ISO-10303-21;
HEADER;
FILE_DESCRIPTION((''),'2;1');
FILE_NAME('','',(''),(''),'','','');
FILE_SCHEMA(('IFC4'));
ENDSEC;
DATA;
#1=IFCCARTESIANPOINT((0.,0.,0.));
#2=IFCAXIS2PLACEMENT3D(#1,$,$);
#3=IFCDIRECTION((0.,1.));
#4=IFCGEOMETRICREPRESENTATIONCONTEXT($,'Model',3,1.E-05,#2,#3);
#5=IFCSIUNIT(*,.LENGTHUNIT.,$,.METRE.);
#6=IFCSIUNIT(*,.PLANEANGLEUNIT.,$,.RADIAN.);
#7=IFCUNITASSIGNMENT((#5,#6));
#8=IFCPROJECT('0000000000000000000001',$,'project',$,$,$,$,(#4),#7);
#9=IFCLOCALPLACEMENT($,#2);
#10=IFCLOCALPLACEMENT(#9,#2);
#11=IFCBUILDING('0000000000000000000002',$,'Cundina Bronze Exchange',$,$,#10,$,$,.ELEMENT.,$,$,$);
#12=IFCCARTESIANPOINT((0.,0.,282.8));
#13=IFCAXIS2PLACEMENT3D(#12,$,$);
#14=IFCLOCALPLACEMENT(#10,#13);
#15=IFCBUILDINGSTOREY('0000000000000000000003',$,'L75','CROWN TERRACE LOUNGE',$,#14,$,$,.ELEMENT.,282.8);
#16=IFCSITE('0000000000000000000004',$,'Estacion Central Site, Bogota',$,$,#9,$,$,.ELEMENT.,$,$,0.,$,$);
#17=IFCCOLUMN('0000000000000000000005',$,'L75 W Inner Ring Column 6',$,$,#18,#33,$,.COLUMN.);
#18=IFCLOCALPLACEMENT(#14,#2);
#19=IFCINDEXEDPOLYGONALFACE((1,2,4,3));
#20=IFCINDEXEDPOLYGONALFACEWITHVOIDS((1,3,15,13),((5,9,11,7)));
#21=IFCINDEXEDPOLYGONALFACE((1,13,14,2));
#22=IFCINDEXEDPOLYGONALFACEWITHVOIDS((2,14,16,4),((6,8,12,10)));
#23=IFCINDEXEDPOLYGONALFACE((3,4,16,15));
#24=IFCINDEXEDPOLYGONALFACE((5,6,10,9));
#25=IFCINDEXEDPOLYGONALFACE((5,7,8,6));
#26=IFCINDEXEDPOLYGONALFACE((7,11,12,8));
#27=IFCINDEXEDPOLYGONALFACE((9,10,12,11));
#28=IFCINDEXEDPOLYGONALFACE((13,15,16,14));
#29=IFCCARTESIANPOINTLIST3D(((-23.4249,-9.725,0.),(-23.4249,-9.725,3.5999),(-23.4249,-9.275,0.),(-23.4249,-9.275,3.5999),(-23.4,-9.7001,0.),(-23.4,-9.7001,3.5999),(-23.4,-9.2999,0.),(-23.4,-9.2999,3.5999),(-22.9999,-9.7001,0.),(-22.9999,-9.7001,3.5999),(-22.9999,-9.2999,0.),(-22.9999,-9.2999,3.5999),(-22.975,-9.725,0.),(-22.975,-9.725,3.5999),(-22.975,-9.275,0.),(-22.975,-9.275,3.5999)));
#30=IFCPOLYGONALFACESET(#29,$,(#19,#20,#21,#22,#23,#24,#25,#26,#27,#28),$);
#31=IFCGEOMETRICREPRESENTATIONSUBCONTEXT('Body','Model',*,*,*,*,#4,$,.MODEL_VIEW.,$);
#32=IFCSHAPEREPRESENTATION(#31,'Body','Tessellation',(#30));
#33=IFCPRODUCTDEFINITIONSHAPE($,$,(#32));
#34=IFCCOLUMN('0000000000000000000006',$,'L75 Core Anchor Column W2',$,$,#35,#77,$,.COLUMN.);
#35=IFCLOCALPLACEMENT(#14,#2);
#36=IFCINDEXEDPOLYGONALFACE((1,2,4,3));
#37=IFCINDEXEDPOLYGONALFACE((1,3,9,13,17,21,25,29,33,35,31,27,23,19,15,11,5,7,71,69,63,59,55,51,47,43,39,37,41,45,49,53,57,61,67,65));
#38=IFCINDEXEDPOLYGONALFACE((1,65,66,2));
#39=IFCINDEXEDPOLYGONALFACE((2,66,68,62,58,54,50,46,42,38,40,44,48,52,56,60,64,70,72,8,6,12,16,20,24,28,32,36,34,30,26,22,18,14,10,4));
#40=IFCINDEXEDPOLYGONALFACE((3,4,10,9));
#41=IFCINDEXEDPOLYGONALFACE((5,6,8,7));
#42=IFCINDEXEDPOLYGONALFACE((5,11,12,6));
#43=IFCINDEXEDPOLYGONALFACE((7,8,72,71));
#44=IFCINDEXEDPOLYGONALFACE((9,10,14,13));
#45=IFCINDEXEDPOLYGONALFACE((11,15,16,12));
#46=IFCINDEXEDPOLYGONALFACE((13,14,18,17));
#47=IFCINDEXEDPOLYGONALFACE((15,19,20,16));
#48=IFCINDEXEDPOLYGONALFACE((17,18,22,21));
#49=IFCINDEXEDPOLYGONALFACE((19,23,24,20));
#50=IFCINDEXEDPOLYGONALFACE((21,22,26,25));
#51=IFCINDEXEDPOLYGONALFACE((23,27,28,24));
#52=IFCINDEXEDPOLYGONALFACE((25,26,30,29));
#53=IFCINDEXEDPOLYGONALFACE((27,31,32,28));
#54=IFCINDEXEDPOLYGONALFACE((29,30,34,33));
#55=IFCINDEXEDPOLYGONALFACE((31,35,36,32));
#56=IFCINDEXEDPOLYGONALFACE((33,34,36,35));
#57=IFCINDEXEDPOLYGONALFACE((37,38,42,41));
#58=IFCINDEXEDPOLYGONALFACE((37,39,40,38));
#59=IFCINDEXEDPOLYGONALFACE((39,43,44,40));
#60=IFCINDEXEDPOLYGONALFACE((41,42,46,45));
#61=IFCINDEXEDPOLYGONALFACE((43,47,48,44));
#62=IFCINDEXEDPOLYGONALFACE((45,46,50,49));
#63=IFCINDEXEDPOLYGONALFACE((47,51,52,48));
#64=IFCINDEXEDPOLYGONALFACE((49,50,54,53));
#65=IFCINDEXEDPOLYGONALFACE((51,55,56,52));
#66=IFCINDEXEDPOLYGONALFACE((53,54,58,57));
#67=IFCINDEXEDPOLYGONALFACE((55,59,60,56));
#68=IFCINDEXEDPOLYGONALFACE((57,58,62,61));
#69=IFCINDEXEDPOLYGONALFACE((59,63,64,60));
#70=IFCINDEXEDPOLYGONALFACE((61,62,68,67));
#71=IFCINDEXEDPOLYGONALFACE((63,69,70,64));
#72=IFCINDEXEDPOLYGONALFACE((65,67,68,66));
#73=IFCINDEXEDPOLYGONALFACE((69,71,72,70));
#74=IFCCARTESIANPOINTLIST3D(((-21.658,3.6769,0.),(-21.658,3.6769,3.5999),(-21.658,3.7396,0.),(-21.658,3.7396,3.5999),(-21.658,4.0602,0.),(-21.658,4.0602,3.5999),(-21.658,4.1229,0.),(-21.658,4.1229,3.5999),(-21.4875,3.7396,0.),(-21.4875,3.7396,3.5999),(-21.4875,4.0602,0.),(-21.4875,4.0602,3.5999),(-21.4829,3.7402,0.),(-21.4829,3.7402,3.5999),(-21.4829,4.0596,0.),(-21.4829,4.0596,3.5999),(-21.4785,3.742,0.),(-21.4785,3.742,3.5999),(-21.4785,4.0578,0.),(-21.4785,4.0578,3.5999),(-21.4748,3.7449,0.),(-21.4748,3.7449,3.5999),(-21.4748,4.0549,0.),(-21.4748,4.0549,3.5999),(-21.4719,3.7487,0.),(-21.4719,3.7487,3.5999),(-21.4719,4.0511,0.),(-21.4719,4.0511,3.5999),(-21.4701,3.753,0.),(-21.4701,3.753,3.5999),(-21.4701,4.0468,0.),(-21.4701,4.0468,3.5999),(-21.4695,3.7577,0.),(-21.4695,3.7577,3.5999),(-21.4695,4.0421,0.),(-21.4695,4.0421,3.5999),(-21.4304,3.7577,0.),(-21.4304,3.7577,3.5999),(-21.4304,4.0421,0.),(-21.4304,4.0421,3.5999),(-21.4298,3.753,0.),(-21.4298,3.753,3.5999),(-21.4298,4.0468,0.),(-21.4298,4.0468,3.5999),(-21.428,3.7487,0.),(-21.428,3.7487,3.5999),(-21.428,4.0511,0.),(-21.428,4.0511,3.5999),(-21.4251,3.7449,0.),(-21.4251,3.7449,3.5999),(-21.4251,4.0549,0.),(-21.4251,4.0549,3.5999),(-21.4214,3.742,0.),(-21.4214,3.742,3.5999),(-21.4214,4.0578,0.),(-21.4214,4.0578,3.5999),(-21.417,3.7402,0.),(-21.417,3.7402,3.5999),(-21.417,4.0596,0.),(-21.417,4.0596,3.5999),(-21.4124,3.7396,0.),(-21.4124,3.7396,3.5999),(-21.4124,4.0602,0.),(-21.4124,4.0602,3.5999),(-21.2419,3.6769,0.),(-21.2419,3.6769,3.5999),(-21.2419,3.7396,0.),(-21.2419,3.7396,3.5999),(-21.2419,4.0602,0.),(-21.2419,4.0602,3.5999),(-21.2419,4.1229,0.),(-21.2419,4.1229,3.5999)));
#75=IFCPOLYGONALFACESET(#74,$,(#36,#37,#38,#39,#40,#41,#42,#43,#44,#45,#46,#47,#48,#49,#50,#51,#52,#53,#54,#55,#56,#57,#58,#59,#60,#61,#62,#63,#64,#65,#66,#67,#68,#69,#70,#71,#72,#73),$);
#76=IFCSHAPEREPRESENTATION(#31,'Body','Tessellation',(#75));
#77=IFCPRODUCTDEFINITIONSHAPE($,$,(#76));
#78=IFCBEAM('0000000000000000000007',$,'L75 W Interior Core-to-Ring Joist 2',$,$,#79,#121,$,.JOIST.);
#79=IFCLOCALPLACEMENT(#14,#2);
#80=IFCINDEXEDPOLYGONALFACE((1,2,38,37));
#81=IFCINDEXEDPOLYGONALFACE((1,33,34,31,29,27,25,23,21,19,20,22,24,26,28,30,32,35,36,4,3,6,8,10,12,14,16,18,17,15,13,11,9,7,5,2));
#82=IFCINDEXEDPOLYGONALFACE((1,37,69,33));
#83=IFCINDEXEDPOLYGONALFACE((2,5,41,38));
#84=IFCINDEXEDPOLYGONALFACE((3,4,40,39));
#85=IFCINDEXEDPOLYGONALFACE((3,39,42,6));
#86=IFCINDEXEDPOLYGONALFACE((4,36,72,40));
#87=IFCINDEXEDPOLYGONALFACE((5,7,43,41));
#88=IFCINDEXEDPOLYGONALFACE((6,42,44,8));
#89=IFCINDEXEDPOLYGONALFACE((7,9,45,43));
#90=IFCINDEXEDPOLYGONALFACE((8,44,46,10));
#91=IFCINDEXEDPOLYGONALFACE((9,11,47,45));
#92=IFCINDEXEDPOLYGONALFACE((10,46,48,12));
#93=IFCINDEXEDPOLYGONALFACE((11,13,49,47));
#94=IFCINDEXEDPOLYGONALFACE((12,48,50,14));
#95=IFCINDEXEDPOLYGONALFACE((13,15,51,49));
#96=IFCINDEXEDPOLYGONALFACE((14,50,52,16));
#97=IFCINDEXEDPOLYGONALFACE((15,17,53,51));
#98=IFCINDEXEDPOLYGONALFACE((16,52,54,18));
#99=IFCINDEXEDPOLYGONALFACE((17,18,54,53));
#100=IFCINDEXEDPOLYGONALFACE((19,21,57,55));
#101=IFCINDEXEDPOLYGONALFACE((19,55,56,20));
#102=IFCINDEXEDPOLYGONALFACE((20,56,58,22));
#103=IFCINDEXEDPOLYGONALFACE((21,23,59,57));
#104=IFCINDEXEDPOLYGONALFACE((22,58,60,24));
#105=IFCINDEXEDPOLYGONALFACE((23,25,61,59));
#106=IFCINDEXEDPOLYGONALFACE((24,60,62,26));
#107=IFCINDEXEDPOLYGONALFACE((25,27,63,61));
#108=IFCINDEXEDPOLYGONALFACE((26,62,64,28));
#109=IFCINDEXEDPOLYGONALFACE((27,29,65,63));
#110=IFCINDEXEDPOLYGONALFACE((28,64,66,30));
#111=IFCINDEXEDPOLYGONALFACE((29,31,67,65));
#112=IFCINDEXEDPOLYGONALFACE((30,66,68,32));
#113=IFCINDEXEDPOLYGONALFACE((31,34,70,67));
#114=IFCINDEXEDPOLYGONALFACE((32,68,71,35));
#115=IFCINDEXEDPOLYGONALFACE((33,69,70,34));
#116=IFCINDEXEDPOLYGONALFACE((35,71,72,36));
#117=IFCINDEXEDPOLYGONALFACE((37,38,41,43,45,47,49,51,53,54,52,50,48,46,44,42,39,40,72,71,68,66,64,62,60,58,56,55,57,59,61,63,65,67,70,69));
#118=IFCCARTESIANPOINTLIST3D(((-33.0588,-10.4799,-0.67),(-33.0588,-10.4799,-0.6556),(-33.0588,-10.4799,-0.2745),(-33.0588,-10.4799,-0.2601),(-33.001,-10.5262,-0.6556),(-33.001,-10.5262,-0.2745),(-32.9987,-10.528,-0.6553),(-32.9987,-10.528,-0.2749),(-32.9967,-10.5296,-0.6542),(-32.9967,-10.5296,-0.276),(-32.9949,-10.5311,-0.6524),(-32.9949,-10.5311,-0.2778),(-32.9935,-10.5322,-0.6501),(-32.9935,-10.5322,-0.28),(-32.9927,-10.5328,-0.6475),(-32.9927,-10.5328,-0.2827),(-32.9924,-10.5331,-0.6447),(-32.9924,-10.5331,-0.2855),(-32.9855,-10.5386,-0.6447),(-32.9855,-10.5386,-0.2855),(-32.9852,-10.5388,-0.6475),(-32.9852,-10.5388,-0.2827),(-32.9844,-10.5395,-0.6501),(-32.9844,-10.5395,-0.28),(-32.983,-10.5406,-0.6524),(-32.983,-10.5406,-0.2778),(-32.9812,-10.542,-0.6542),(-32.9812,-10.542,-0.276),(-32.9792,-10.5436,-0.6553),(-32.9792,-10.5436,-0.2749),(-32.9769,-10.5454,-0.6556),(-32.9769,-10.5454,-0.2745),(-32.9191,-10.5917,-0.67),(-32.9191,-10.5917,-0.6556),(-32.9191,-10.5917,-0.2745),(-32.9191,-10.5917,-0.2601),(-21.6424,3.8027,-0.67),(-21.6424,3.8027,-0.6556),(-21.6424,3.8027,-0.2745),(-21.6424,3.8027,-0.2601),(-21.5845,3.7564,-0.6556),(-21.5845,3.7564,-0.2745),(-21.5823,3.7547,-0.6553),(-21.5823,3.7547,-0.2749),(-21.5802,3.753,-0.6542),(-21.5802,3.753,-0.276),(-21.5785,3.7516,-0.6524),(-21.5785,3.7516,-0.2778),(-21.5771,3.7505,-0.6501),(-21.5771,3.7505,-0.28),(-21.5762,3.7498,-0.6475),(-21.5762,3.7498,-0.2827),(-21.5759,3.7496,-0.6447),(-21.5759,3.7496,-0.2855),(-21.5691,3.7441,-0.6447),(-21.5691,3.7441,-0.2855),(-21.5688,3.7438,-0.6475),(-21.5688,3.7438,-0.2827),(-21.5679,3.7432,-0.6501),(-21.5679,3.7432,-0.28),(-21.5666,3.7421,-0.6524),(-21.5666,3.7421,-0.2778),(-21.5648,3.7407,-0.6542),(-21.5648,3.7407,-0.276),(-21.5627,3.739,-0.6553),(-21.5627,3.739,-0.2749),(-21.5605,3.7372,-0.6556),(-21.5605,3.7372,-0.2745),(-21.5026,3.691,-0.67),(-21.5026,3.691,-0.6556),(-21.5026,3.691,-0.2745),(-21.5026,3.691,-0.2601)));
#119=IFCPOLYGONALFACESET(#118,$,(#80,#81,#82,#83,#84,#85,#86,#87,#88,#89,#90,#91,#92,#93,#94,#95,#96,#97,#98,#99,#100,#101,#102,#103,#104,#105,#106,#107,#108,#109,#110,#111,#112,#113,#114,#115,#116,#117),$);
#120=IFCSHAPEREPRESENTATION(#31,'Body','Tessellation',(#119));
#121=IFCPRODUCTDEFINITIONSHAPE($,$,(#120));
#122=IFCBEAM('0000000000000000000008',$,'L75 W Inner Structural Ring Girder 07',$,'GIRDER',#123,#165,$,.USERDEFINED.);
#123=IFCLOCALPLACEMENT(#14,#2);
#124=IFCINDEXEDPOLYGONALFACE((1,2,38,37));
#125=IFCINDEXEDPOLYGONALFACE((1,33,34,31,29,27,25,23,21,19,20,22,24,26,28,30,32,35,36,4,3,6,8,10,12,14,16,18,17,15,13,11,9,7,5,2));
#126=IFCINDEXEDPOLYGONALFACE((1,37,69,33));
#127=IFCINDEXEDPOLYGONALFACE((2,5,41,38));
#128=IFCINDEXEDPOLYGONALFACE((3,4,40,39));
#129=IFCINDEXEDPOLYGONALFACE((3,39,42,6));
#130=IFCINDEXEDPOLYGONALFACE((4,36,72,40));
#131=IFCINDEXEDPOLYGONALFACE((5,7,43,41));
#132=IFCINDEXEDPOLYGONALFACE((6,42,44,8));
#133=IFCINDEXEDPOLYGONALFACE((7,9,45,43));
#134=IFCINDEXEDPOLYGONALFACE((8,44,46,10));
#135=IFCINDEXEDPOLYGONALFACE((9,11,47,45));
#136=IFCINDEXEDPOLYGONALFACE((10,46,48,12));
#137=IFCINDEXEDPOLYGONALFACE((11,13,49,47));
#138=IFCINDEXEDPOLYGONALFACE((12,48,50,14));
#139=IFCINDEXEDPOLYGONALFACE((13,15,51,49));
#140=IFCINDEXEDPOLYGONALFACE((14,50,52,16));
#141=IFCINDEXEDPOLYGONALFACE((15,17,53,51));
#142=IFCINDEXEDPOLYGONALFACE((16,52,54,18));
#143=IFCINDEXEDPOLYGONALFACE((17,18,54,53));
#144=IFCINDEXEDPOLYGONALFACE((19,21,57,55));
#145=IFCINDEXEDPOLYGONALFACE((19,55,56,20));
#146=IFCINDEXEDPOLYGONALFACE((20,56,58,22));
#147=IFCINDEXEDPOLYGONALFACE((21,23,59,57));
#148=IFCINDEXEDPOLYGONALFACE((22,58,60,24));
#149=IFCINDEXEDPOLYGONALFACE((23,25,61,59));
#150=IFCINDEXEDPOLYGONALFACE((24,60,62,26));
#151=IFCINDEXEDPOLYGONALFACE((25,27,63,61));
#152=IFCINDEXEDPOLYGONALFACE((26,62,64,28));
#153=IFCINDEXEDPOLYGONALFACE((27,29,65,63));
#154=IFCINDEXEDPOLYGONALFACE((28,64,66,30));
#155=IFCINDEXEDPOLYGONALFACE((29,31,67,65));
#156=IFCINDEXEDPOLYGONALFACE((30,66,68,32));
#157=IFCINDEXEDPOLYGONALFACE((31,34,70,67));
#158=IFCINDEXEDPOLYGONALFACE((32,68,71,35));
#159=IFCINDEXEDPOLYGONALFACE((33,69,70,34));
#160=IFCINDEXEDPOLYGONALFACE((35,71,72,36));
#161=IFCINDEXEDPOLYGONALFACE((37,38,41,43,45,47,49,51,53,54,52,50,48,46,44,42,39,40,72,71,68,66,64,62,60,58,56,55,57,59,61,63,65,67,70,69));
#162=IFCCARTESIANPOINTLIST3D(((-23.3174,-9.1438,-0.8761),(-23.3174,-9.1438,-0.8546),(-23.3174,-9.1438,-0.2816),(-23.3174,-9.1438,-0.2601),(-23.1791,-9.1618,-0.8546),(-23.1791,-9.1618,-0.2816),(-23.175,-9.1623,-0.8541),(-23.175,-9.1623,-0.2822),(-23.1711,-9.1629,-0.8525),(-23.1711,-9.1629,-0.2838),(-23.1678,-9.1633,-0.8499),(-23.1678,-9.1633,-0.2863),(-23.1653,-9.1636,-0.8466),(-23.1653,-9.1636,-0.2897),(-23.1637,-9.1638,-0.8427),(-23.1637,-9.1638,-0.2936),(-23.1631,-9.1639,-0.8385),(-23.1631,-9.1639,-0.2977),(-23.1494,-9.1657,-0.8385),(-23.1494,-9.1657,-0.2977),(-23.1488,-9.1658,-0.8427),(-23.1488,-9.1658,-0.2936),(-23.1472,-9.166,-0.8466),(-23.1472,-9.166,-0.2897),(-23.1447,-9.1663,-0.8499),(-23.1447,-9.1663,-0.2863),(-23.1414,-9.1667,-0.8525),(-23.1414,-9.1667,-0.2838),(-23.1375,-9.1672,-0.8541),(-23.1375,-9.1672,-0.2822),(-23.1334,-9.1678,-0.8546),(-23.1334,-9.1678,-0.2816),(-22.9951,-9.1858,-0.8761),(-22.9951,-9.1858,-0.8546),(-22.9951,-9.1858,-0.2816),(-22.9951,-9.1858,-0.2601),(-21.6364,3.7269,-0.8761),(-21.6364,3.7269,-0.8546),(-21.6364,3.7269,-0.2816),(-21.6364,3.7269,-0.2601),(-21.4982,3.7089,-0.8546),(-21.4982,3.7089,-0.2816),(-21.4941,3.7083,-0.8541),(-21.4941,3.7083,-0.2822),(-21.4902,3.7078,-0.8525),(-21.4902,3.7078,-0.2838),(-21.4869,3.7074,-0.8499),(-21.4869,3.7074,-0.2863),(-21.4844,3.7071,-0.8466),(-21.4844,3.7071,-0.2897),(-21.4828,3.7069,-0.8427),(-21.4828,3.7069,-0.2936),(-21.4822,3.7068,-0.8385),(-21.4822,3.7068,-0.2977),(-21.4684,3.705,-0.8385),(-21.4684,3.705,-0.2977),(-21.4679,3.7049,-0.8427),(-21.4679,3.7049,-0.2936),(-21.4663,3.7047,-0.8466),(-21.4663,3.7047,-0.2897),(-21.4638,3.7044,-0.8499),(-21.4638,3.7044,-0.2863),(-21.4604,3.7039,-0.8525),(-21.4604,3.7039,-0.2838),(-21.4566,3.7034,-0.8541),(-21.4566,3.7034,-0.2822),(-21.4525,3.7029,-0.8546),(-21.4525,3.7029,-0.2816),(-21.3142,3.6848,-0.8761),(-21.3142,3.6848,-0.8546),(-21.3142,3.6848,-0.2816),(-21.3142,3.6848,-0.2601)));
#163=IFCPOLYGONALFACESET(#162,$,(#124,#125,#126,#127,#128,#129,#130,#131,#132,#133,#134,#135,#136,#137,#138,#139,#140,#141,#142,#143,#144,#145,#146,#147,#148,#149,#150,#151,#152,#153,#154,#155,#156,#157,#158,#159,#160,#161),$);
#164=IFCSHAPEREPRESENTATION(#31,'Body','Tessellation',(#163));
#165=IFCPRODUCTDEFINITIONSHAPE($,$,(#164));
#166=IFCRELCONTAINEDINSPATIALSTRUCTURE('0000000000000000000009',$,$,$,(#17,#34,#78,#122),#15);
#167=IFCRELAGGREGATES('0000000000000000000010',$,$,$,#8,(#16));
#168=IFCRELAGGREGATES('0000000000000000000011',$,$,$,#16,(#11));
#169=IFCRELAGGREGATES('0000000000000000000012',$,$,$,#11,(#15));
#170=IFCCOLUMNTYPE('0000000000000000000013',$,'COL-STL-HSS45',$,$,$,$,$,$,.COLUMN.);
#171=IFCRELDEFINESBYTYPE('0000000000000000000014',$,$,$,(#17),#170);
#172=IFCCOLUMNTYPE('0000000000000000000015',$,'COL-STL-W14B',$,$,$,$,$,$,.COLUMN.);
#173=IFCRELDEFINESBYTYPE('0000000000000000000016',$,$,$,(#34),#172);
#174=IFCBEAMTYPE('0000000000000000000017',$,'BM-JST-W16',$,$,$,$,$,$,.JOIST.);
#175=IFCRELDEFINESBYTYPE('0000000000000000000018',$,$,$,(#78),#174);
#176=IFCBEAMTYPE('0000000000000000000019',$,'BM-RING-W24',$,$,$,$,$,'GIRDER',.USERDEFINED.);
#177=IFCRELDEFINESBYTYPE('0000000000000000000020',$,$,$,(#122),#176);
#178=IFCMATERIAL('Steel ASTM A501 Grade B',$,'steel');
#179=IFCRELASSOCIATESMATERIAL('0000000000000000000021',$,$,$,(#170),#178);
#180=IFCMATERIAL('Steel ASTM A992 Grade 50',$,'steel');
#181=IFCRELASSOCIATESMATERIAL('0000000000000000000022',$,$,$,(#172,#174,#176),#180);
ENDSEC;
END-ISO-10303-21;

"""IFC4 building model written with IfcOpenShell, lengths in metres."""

from ifc_helpers import new_model, si_unit, direction, frame, origin, origin_2d, place, context, subcontext, project, spatial, hollow_rectangle, i_section, extrude, material, material_profile, profile_set, type_object, element, save


model = new_model("IFC4")

# Units and contexts
model_context = context("Model", 3, precision=1e-05, world=origin(), true_north=direction((0.0, 1.0)))
body_context = subcontext(model_context, "Body", "Model", "MODEL_VIEW")
ifc_project = project(units=[si_unit("LENGTHUNIT", "METRE"), si_unit("PLANEANGLEUNIT", "RADIAN")], contexts=[model_context])

# Site, building, storey
site_placement = place(None, origin())
site = spatial("IfcSite", under=ifc_project, at=site_placement, Name="Estacion Central Site, Bogota", CompositionType="ELEMENT", RefElevation=0.0)
building_placement = place(site_placement, origin())
building = spatial("IfcBuilding", under=site, at=building_placement, Name="Cundina Bronze Exchange", CompositionType="ELEMENT")
storey_placement = place(building_placement, frame((0.0, 0.0, 282.8)))
storey = spatial("IfcBuildingStorey", under=building, at=storey_placement, Name="L75", Description="CROWN TERRACE LOUNGE", CompositionType="ELEMENT", Elevation=282.8)

# Columns
ifc_material_1 = material(Name="Steel ASTM A501 Grade B", Category="steel")
ifc_material_profile_1 = material_profile(ifc_material_1, hollow_rectangle(XDim=0.45, YDim=0.45, WallThickness=0.0249, at=origin_2d()), Name="HSS450X450X25", Category="steel")
ifc_profile_set_1 = profile_set([ifc_material_profile_1], Name="Steel ASTM A501 Grade B")
column_type_1 = type_object("IfcColumnType", Name="COL-STL-HSS45", PredefinedType="COLUMN", material=ifc_profile_set_1)
column_1_placement = place(storey_placement, frame((-23.2, -9.5, 0.0), z_axis=(0.0, 0.0, 1.0), x_axis=(1.0, 0.0, 0.0)))
element("IfcColumn", 1, at=column_1_placement, inside=storey, type_object=column_type_1, Name="L75 W Inner Ring Column 6", PredefinedType="COLUMN", context=body_context, shape_type="SweptSolid", body=[
    extrude(hollow_rectangle(XDim=0.45, YDim=0.45, WallThickness=0.0249, at=origin_2d()), origin(), (0.0, 0.0, 1.0), 3.5999),
])
ifc_material_2 = material(Name="Steel ASTM A992 Grade 50", Category="steel")
ifc_material_profile_2 = material_profile(ifc_material_2, i_section(OverallWidth=0.416, OverallDepth=0.446, WebThickness=0.0391, FlangeThickness=0.0627, FilletRadius=0.0181, at=origin_2d()), Name="W14X342", Category="steel")
ifc_profile_set_2 = profile_set([ifc_material_profile_2], Name="Steel ASTM A992 Grade 50")
column_type_2 = type_object("IfcColumnType", Name="COL-STL-W14B", PredefinedType="COLUMN", material=ifc_profile_set_2)
column_2_placement = place(storey_placement, frame((-21.45, 3.8999, 0.0), z_axis=(0.0, 0.0, 1.0), x_axis=(1.0, 0.0, 0.0)))
element("IfcColumn", 2, at=column_2_placement, inside=storey, type_object=column_type_2, Name="L75 Core Anchor Column W2", PredefinedType="COLUMN", context=body_context, shape_type="SweptSolid", body=[
    extrude(i_section(OverallWidth=0.416, OverallDepth=0.446, WebThickness=0.0391, FlangeThickness=0.0627, FilletRadius=0.0181, at=origin_2d()), origin(), (0.0, 0.0, 1.0), 3.5999),
])

# Beams
ifc_material_profile_3 = material_profile(ifc_material_2, i_section(OverallWidth=0.179, OverallDepth=0.4099, WebThickness=0.0088, FlangeThickness=0.0144, FilletRadius=0.011, at=origin_2d()), Name="W16X45", Category="steel")
ifc_profile_set_3 = profile_set([ifc_material_profile_3], Name="Steel ASTM A992 Grade 50")
beam_type_1 = type_object("IfcBeamType", Name="BM-JST-W16", PredefinedType="JOIST", material=ifc_profile_set_3)
beam_1_placement = place(storey_placement, frame((-21.5725, 3.7468, -0.4651), z_axis=(-0.624373, -0.781127, 0.0), x_axis=(0.781127, -0.624373, 0.0)))
element("IfcBeam", 3, at=beam_1_placement, inside=storey, type_object=beam_type_1, Name="L75 W Interior Core-to-Ring Joist 2", PredefinedType="JOIST", context=body_context, shape_type="SweptSolid", body=[
    extrude(i_section(OverallWidth=0.179, OverallDepth=0.4099, WebThickness=0.0088, FlangeThickness=0.0144, FilletRadius=0.011, at=origin_2d()), origin(), (0.0, 0.0, 1.0), 18.2847),
])
ifc_material_profile_4 = material_profile(ifc_material_2, i_section(OverallWidth=0.325, OverallDepth=0.616, WebThickness=0.0139, FlangeThickness=0.0215, FilletRadius=0.0161, at=origin_2d()), Name="W24X117", Category="steel")
ifc_profile_set_4 = profile_set([ifc_material_profile_4], Name="Steel ASTM A992 Grade 50")
beam_type_2 = type_object("IfcBeamType", Name="BM-RING-W24", ElementType="GIRDER", PredefinedType="USERDEFINED", material=ifc_profile_set_4)
beam_2_placement = place(storey_placement, frame((-23.1562, -9.1648, -0.5681), z_axis=(0.129501, 0.991579, 0.0), x_axis=(-0.991579, 0.129501, 0.0)))
element("IfcBeam", 4, at=beam_2_placement, inside=storey, type_object=beam_type_2, Name="L75 W Inner Structural Ring Girder 07", ObjectType="GIRDER", PredefinedType="USERDEFINED", context=body_context, shape_type="SweptSolid", body=[
    extrude(i_section(OverallWidth=0.325, OverallDepth=0.616, WebThickness=0.0139, FlangeThickness=0.0215, FilletRadius=0.0161, at=origin_2d()), origin(), (0.0, 0.0, 1.0), 12.98),
])

save(model, "model.ifc")
